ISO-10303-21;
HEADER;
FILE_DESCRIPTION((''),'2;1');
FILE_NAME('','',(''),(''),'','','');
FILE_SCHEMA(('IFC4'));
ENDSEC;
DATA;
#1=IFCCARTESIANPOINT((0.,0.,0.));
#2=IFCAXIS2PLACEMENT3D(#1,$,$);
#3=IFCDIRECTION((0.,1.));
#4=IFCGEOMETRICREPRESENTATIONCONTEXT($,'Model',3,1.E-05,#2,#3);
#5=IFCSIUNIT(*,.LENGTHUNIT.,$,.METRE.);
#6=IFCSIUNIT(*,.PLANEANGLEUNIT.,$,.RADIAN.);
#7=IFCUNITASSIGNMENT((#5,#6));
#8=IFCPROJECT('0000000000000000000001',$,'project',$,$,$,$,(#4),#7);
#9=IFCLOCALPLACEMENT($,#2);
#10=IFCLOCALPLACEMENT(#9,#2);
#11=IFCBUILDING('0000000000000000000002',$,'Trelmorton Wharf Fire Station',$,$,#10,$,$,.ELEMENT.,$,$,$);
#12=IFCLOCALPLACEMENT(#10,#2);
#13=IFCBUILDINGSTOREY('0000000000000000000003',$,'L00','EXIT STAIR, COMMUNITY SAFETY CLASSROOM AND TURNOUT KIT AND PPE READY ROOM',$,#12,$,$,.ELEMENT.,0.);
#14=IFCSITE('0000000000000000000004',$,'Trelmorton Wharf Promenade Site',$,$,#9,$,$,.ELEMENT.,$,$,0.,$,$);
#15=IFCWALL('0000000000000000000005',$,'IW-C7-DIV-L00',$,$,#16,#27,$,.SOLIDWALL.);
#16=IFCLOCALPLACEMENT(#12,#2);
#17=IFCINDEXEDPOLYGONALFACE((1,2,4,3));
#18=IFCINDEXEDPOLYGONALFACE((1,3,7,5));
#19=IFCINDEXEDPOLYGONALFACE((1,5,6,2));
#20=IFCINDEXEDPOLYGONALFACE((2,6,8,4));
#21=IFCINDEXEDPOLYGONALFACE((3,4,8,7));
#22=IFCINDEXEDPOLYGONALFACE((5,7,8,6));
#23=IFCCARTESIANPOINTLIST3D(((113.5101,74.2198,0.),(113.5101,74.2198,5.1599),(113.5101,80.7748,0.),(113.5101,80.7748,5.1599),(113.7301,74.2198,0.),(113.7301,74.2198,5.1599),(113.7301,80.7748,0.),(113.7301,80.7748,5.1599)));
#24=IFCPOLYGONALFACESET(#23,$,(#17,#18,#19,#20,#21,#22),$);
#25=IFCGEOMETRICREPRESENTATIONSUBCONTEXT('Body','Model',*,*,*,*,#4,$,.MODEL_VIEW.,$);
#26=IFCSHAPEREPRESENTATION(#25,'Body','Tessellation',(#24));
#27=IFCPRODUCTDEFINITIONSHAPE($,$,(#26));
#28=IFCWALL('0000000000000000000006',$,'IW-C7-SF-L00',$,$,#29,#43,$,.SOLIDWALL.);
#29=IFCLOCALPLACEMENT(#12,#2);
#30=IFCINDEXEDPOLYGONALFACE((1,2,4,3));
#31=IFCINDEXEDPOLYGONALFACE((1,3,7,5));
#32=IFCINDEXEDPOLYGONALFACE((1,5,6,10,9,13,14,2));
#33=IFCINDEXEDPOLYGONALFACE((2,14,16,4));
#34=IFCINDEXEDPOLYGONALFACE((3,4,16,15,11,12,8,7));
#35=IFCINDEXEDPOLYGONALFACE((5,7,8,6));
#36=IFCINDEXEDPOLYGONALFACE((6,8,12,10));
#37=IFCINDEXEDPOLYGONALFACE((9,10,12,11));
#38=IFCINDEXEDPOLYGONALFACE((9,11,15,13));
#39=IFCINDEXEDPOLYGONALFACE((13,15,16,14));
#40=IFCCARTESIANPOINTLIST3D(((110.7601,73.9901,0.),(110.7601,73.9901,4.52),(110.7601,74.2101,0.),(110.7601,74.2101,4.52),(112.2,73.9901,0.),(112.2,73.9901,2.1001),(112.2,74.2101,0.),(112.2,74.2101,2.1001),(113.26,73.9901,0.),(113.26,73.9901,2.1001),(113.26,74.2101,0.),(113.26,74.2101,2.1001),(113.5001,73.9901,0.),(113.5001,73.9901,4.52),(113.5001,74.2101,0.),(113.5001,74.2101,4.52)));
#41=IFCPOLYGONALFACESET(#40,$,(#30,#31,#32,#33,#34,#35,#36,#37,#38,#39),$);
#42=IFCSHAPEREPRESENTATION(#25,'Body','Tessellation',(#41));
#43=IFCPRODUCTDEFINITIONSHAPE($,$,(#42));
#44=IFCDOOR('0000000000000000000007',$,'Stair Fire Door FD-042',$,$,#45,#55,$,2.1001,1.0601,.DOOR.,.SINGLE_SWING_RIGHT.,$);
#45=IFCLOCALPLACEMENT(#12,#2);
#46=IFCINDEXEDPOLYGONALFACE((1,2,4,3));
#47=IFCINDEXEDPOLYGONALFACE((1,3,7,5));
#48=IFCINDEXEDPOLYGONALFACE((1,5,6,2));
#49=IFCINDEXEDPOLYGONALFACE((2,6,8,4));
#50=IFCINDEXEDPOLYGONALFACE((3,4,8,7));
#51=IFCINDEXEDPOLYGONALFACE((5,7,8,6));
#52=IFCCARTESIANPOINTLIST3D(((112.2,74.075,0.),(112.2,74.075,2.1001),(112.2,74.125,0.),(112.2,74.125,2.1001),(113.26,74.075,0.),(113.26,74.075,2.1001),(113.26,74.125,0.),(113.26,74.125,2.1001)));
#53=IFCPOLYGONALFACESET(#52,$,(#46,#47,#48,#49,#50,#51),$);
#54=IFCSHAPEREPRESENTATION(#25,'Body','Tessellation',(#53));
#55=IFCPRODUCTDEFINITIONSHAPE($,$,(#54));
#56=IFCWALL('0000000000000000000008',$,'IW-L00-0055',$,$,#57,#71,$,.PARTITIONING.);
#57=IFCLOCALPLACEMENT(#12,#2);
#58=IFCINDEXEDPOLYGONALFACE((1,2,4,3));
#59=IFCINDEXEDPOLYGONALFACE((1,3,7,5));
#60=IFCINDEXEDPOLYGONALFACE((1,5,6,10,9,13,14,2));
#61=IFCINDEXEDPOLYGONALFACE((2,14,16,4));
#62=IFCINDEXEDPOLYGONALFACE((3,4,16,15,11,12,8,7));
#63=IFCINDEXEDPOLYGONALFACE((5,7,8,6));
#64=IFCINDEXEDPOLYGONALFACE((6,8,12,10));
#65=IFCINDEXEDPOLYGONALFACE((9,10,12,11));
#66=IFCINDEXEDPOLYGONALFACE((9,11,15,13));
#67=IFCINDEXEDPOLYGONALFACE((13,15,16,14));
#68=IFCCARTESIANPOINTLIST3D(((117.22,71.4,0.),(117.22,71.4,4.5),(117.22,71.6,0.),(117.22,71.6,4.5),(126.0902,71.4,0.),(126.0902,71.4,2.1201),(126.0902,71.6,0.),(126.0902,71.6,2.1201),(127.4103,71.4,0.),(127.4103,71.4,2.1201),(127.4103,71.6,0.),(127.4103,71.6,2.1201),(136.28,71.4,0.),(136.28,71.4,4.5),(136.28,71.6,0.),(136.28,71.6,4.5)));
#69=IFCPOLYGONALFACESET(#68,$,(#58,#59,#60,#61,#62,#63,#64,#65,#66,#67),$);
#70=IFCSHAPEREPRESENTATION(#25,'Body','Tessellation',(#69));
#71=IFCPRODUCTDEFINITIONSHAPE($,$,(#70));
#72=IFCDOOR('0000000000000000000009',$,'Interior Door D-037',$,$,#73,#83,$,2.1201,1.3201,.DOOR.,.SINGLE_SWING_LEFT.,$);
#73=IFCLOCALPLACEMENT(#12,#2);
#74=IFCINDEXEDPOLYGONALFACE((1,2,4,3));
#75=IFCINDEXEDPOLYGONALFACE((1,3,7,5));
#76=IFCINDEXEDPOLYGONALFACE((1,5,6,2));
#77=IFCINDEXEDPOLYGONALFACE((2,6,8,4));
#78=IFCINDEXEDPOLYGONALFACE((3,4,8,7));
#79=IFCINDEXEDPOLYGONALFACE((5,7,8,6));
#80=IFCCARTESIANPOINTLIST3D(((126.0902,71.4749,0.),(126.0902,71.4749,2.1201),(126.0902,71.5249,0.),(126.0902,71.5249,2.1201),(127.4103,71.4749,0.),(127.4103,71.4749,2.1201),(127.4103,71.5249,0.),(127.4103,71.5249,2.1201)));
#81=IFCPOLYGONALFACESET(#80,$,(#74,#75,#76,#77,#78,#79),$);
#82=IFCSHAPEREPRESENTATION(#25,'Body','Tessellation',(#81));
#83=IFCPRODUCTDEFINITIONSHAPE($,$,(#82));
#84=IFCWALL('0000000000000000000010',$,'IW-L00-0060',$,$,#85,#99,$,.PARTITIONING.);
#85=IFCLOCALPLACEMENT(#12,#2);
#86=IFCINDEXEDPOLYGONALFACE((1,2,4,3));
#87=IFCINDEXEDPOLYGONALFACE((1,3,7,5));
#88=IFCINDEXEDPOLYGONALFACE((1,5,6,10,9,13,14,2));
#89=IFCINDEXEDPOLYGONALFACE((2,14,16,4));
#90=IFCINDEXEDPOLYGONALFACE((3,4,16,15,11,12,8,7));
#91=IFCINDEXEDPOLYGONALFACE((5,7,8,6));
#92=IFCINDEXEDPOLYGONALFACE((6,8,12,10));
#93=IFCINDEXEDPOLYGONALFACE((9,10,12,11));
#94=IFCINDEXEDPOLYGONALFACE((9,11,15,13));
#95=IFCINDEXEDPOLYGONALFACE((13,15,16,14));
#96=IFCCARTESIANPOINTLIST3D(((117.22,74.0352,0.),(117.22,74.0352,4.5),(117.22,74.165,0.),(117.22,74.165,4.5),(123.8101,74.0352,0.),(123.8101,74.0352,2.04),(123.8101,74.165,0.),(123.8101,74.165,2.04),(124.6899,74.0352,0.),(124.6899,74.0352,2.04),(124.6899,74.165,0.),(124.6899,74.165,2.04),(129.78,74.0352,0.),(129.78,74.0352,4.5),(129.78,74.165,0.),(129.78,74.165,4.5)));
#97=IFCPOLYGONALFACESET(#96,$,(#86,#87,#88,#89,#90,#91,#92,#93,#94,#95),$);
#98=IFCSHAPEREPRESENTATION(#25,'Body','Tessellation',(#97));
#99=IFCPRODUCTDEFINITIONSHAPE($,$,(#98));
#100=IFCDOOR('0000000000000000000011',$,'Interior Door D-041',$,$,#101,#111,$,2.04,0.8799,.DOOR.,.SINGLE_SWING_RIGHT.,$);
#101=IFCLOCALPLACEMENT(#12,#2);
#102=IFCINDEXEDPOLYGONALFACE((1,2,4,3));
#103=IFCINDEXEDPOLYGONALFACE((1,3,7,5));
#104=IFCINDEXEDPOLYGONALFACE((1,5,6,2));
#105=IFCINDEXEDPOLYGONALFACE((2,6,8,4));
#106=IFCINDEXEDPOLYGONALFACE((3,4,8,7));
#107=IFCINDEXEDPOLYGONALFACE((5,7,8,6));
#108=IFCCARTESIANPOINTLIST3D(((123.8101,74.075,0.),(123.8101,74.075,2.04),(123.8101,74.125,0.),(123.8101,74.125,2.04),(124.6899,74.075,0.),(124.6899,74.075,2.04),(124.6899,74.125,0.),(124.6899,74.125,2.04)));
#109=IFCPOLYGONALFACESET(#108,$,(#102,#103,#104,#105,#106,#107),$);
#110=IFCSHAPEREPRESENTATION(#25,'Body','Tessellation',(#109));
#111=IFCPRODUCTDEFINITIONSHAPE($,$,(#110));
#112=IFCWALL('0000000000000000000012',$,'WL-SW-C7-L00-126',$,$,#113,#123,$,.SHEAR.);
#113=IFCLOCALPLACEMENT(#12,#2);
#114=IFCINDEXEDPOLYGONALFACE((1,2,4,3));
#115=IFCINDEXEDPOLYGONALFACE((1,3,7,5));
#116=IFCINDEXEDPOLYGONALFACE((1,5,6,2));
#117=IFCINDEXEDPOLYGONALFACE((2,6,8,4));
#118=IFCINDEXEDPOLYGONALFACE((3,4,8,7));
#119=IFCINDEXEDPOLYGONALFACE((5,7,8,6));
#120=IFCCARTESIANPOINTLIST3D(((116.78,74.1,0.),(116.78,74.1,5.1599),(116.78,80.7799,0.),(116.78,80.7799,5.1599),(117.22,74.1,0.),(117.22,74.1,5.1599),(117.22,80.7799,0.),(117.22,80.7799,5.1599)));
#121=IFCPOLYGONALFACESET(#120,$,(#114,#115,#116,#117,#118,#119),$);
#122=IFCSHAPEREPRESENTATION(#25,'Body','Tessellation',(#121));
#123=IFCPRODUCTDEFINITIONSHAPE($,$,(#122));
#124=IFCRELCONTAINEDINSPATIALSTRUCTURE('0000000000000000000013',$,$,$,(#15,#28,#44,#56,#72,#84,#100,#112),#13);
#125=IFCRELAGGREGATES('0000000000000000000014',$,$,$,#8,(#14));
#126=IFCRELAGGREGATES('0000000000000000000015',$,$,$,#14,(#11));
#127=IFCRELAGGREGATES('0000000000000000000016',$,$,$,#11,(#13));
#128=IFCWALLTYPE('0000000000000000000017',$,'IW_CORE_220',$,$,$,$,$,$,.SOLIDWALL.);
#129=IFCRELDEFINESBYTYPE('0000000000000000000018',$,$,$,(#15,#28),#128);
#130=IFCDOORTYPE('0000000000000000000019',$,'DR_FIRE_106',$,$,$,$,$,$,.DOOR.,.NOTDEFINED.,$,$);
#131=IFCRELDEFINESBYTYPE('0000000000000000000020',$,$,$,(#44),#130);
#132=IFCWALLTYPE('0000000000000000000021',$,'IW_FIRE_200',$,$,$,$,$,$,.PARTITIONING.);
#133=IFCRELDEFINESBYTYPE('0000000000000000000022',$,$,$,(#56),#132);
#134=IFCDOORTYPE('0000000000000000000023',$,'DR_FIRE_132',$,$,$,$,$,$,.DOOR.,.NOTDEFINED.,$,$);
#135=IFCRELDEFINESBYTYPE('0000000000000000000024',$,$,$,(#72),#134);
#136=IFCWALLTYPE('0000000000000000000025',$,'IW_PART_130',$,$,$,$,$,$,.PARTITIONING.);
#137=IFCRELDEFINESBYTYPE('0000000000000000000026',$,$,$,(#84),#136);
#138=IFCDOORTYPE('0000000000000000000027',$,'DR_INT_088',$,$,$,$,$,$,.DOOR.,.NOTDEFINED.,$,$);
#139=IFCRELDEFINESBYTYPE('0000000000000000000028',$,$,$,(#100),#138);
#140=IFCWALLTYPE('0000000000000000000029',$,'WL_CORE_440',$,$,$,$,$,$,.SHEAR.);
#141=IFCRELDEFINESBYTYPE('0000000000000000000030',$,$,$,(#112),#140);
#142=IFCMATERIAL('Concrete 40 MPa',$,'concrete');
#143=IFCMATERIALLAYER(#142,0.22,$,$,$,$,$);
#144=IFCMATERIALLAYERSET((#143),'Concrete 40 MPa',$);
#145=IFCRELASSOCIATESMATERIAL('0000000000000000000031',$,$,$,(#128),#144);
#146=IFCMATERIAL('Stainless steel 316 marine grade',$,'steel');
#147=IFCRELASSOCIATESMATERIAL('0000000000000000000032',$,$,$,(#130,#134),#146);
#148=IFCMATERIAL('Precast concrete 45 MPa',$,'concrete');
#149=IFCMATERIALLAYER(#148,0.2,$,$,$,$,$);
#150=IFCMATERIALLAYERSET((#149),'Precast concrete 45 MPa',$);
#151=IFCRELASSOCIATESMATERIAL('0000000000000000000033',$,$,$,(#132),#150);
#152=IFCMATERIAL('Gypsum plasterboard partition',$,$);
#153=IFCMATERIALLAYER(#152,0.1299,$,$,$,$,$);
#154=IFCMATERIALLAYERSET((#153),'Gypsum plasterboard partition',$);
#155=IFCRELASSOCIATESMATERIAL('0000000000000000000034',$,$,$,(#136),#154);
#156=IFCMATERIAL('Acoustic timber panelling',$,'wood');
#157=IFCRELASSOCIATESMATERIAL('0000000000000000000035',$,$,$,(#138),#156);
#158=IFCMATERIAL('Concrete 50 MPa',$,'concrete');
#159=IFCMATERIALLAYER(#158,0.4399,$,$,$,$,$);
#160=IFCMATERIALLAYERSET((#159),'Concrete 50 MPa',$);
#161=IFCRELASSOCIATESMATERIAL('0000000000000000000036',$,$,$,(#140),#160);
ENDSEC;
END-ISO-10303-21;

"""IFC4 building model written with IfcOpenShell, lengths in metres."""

from ifc_helpers import new_model, si_unit, direction, frame, frame_2d, origin, place, context, subcontext, project, spatial, rectangle, extrude, material, layer, layer_set, type_object, element, fill, save


model = new_model("IFC4")

# Units and contexts
model_context = context("Model", 3, precision=1e-05, world=origin(), true_north=direction((0.0, 1.0)))
body_context = subcontext(model_context, "Body", "Model", "MODEL_VIEW")
ifc_project = project(units=[si_unit("LENGTHUNIT", "METRE"), si_unit("PLANEANGLEUNIT", "RADIAN")], contexts=[model_context])

# Site, building, storey
site_placement = place(None, origin())
site = spatial("IfcSite", under=ifc_project, at=site_placement, Name="Trelmorton Wharf Promenade Site", CompositionType="ELEMENT", RefElevation=0.0)
building_placement = place(site_placement, origin())
building = spatial("IfcBuilding", under=site, at=building_placement, Name="Trelmorton Wharf Fire Station", CompositionType="ELEMENT")
storey_placement = place(building_placement, origin())
storey = spatial("IfcBuildingStorey", under=building, at=storey_placement, Name="L00", Description="EXIT STAIR, COMMUNITY SAFETY CLASSROOM AND TURNOUT KIT AND PPE READY ROOM", CompositionType="ELEMENT", Elevation=0.0)

# Shared definitions
ifc_material_1 = material(Name="Concrete 40 MPa", Category="concrete")

# Wall
ifc_layer_1 = layer(ifc_material_1, 0.22)
ifc_layer_set_1 = layer_set([ifc_layer_1], Name="Concrete 40 MPa")
wall_type_1 = type_object("IfcWallType", Name="IW_CORE_220", PredefinedType="SOLIDWALL", material=ifc_layer_set_1)
wall_1_placement = place(storey_placement, frame((113.6201, 74.22, 0.0), z_axis=(0.0, 0.0, 1.0), x_axis=(0.0, 1.0, 0.0)))
element("IfcWall", 1, at=wall_1_placement, inside=storey, type_object=wall_type_1, Name="IW-C7-DIV-L00", PredefinedType="SOLIDWALL", context=body_context, shape_type="SweptSolid", body=[
    extrude(rectangle(XDim=6.5549, YDim=0.22, at=frame_2d((3.2773, 0.0))), origin(), (0.0, 0.0, 1.0), 5.1599),
])

# Walls, openings, doors
wall_2_placement = place(storey_placement, frame((110.76, 74.1001, 0.0), z_axis=(0.0, 0.0, 1.0), x_axis=(1.0, 0.0, 0.0)))
wall_2 = element("IfcWall", 2, at=wall_2_placement, inside=storey, type_object=wall_type_1, Name="IW-C7-SF-L00", PredefinedType="SOLIDWALL", context=body_context, shape_type="SweptSolid", body=[
    extrude(rectangle(XDim=2.74, YDim=0.22, at=frame_2d((1.3701, 0.0))), origin(), (0.0, 0.0, 1.0), 4.52),
])
opening_1_placement = place(wall_2_placement, frame((1.4399, 0.0, 0.0)))
opening_1 = element("IfcOpeningElement", 3, at=opening_1_placement, cuts=wall_2, PredefinedType="OPENING", context=body_context, shape_type="SweptSolid", body=[
    extrude(rectangle(XDim=1.0601, YDim=2.1001, at=frame_2d((0.53, 1.05))), frame((0.0, 0.1201, 0.0), z_axis=(0.0, -1.0, 0.0), x_axis=(1.0, 0.0, 0.0)), (0.0, 0.0, 1.0), 0.24),
])
ifc_material_2 = material(Name="Stainless steel 316 marine grade", Category="steel")
door_type_1 = type_object("IfcDoorType", Name="DR_FIRE_106", OperationType="NOTDEFINED", PredefinedType="DOOR", material=ifc_material_2)
door_1_placement = place(opening_1_placement, origin())
door_1 = element("IfcDoor", 4, at=door_1_placement, inside=storey, type_object=door_type_1, Name="Stair Fire Door FD-042", OperationType="SINGLE_SWING_RIGHT", OverallHeight=2.1001, OverallWidth=1.0601, PredefinedType="DOOR", context=body_context, shape_type="SweptSolid", body=[
    extrude(rectangle(XDim=1.0601, YDim=2.1001, at=frame_2d((0.53, 1.05))), frame((0.0, 0.0249, 0.0), z_axis=(0.0, -1.0, 0.0), x_axis=(1.0, 0.0, 0.0)), (0.0, 0.0, 1.0), 0.05),
])
fill(opening_1, door_1)
ifc_material_3 = material(Name="Precast concrete 45 MPa", Category="concrete")
ifc_layer_2 = layer(ifc_material_3, 0.2)
ifc_layer_set_2 = layer_set([ifc_layer_2], Name="Precast concrete 45 MPa")
wall_type_2 = type_object("IfcWallType", Name="IW_FIRE_200", PredefinedType="PARTITIONING", material=ifc_layer_set_2)
wall_3_placement = place(storey_placement, frame((117.22, 71.5, 0.0), z_axis=(0.0, 0.0, 1.0), x_axis=(1.0, 0.0, 0.0)))
wall_3 = element("IfcWall", 5, at=wall_3_placement, inside=storey, type_object=wall_type_2, Name="IW-L00-0055", PredefinedType="PARTITIONING", context=body_context, shape_type="SweptSolid", body=[
    extrude(rectangle(XDim=19.0601, YDim=0.2, at=frame_2d((9.53, 0.0))), origin(), (0.0, 0.0, 1.0), 4.5),
])
opening_2_placement = place(wall_3_placement, frame((8.8701, 0.0, 0.0)))
opening_2 = element("IfcOpeningElement", 6, at=opening_2_placement, cuts=wall_3, PredefinedType="OPENING", context=body_context, shape_type="SweptSolid", body=[
    extrude(rectangle(XDim=1.3201, YDim=2.1201, at=frame_2d((0.6602, 1.0601))), frame((0.0, 0.1099, 0.0), z_axis=(0.0, -1.0, 0.0), x_axis=(1.0, 0.0, 0.0)), (0.0, 0.0, 1.0), 0.22),
])
door_type_2 = type_object("IfcDoorType", Name="DR_FIRE_132", OperationType="NOTDEFINED", PredefinedType="DOOR", material=ifc_material_2)
door_2_placement = place(opening_2_placement, origin())
door_2 = element("IfcDoor", 7, at=door_2_placement, inside=storey, type_object=door_type_2, Name="Interior Door D-037", OperationType="SINGLE_SWING_LEFT", OverallHeight=2.1201, OverallWidth=1.3201, PredefinedType="DOOR", context=body_context, shape_type="SweptSolid", body=[
    extrude(rectangle(XDim=1.3201, YDim=2.1201, at=frame_2d((0.6602, 1.0601))), frame((0.0, 0.0249, 0.0), z_axis=(0.0, -1.0, 0.0), x_axis=(1.0, 0.0, 0.0)), (0.0, 0.0, 1.0), 0.05),
])
fill(opening_2, door_2)
ifc_material_4 = material(Name="Gypsum plasterboard partition")
ifc_layer_3 = layer(ifc_material_4, 0.1299)
ifc_layer_set_3 = layer_set([ifc_layer_3], Name="Gypsum plasterboard partition")
wall_type_3 = type_object("IfcWallType", Name="IW_PART_130", PredefinedType="PARTITIONING", material=ifc_layer_set_3)
wall_4_placement = place(storey_placement, frame((117.22, 74.1001, 0.0), z_axis=(0.0, 0.0, 1.0), x_axis=(1.0, 0.0, 0.0)))
wall_4 = element("IfcWall", 8, at=wall_4_placement, inside=storey, type_object=wall_type_3, Name="IW-L00-0060", PredefinedType="PARTITIONING", context=body_context, shape_type="SweptSolid", body=[
    extrude(rectangle(XDim=12.5601, YDim=0.1299, at=frame_2d((6.28, 0.0))), origin(), (0.0, 0.0, 1.0), 4.5),
])
opening_3_placement = place(wall_4_placement, frame((6.5901, 0.0, 0.0)))
opening_3 = element("IfcOpeningElement", 9, at=opening_3_placement, cuts=wall_4, PredefinedType="OPENING", context=body_context, shape_type="SweptSolid", body=[
    extrude(rectangle(XDim=0.8799, YDim=2.04, at=frame_2d((0.4399, 1.02))), frame((0.0, 0.075, 0.0), z_axis=(0.0, -1.0, 0.0), x_axis=(1.0, 0.0, 0.0)), (0.0, 0.0, 1.0), 0.1499),
])
ifc_material_5 = material(Name="Acoustic timber panelling", Category="wood")
door_type_3 = type_object("IfcDoorType", Name="DR_INT_088", OperationType="NOTDEFINED", PredefinedType="DOOR", material=ifc_material_5)
door_3_placement = place(opening_3_placement, origin())
door_3 = element("IfcDoor", 10, at=door_3_placement, inside=storey, type_object=door_type_3, Name="Interior Door D-041", OperationType="SINGLE_SWING_RIGHT", OverallHeight=2.04, OverallWidth=0.8799, PredefinedType="DOOR", context=body_context, shape_type="SweptSolid", body=[
    extrude(rectangle(XDim=0.8799, YDim=2.04, at=frame_2d((0.4399, 1.02))), frame((0.0, 0.0249, 0.0), z_axis=(0.0, -1.0, 0.0), x_axis=(1.0, 0.0, 0.0)), (0.0, 0.0, 1.0), 0.05),
])
fill(opening_3, door_3)

# Wall
ifc_material_6 = material(Name="Concrete 50 MPa", Category="concrete")
ifc_layer_4 = layer(ifc_material_6, 0.4399)
ifc_layer_set_4 = layer_set([ifc_layer_4], Name="Concrete 50 MPa")
wall_type_4 = type_object("IfcWallType", Name="WL_CORE_440", PredefinedType="SHEAR", material=ifc_layer_set_4)
wall_5_placement = place(storey_placement, frame((117.0, 74.1001, 0.0), z_axis=(0.0, 0.0, 1.0), x_axis=(0.0, 1.0, 0.0)))
element("IfcWall", 11, at=wall_5_placement, inside=storey, type_object=wall_type_4, Name="WL-SW-C7-L00-126", PredefinedType="SHEAR", context=body_context, shape_type="SweptSolid", body=[
    extrude(rectangle(XDim=6.6799, YDim=0.4399, at=frame_2d((3.3398, 0.0))), origin(), (0.0, 0.0, 1.0), 5.1599),
])

save(model, "model.ifc")
